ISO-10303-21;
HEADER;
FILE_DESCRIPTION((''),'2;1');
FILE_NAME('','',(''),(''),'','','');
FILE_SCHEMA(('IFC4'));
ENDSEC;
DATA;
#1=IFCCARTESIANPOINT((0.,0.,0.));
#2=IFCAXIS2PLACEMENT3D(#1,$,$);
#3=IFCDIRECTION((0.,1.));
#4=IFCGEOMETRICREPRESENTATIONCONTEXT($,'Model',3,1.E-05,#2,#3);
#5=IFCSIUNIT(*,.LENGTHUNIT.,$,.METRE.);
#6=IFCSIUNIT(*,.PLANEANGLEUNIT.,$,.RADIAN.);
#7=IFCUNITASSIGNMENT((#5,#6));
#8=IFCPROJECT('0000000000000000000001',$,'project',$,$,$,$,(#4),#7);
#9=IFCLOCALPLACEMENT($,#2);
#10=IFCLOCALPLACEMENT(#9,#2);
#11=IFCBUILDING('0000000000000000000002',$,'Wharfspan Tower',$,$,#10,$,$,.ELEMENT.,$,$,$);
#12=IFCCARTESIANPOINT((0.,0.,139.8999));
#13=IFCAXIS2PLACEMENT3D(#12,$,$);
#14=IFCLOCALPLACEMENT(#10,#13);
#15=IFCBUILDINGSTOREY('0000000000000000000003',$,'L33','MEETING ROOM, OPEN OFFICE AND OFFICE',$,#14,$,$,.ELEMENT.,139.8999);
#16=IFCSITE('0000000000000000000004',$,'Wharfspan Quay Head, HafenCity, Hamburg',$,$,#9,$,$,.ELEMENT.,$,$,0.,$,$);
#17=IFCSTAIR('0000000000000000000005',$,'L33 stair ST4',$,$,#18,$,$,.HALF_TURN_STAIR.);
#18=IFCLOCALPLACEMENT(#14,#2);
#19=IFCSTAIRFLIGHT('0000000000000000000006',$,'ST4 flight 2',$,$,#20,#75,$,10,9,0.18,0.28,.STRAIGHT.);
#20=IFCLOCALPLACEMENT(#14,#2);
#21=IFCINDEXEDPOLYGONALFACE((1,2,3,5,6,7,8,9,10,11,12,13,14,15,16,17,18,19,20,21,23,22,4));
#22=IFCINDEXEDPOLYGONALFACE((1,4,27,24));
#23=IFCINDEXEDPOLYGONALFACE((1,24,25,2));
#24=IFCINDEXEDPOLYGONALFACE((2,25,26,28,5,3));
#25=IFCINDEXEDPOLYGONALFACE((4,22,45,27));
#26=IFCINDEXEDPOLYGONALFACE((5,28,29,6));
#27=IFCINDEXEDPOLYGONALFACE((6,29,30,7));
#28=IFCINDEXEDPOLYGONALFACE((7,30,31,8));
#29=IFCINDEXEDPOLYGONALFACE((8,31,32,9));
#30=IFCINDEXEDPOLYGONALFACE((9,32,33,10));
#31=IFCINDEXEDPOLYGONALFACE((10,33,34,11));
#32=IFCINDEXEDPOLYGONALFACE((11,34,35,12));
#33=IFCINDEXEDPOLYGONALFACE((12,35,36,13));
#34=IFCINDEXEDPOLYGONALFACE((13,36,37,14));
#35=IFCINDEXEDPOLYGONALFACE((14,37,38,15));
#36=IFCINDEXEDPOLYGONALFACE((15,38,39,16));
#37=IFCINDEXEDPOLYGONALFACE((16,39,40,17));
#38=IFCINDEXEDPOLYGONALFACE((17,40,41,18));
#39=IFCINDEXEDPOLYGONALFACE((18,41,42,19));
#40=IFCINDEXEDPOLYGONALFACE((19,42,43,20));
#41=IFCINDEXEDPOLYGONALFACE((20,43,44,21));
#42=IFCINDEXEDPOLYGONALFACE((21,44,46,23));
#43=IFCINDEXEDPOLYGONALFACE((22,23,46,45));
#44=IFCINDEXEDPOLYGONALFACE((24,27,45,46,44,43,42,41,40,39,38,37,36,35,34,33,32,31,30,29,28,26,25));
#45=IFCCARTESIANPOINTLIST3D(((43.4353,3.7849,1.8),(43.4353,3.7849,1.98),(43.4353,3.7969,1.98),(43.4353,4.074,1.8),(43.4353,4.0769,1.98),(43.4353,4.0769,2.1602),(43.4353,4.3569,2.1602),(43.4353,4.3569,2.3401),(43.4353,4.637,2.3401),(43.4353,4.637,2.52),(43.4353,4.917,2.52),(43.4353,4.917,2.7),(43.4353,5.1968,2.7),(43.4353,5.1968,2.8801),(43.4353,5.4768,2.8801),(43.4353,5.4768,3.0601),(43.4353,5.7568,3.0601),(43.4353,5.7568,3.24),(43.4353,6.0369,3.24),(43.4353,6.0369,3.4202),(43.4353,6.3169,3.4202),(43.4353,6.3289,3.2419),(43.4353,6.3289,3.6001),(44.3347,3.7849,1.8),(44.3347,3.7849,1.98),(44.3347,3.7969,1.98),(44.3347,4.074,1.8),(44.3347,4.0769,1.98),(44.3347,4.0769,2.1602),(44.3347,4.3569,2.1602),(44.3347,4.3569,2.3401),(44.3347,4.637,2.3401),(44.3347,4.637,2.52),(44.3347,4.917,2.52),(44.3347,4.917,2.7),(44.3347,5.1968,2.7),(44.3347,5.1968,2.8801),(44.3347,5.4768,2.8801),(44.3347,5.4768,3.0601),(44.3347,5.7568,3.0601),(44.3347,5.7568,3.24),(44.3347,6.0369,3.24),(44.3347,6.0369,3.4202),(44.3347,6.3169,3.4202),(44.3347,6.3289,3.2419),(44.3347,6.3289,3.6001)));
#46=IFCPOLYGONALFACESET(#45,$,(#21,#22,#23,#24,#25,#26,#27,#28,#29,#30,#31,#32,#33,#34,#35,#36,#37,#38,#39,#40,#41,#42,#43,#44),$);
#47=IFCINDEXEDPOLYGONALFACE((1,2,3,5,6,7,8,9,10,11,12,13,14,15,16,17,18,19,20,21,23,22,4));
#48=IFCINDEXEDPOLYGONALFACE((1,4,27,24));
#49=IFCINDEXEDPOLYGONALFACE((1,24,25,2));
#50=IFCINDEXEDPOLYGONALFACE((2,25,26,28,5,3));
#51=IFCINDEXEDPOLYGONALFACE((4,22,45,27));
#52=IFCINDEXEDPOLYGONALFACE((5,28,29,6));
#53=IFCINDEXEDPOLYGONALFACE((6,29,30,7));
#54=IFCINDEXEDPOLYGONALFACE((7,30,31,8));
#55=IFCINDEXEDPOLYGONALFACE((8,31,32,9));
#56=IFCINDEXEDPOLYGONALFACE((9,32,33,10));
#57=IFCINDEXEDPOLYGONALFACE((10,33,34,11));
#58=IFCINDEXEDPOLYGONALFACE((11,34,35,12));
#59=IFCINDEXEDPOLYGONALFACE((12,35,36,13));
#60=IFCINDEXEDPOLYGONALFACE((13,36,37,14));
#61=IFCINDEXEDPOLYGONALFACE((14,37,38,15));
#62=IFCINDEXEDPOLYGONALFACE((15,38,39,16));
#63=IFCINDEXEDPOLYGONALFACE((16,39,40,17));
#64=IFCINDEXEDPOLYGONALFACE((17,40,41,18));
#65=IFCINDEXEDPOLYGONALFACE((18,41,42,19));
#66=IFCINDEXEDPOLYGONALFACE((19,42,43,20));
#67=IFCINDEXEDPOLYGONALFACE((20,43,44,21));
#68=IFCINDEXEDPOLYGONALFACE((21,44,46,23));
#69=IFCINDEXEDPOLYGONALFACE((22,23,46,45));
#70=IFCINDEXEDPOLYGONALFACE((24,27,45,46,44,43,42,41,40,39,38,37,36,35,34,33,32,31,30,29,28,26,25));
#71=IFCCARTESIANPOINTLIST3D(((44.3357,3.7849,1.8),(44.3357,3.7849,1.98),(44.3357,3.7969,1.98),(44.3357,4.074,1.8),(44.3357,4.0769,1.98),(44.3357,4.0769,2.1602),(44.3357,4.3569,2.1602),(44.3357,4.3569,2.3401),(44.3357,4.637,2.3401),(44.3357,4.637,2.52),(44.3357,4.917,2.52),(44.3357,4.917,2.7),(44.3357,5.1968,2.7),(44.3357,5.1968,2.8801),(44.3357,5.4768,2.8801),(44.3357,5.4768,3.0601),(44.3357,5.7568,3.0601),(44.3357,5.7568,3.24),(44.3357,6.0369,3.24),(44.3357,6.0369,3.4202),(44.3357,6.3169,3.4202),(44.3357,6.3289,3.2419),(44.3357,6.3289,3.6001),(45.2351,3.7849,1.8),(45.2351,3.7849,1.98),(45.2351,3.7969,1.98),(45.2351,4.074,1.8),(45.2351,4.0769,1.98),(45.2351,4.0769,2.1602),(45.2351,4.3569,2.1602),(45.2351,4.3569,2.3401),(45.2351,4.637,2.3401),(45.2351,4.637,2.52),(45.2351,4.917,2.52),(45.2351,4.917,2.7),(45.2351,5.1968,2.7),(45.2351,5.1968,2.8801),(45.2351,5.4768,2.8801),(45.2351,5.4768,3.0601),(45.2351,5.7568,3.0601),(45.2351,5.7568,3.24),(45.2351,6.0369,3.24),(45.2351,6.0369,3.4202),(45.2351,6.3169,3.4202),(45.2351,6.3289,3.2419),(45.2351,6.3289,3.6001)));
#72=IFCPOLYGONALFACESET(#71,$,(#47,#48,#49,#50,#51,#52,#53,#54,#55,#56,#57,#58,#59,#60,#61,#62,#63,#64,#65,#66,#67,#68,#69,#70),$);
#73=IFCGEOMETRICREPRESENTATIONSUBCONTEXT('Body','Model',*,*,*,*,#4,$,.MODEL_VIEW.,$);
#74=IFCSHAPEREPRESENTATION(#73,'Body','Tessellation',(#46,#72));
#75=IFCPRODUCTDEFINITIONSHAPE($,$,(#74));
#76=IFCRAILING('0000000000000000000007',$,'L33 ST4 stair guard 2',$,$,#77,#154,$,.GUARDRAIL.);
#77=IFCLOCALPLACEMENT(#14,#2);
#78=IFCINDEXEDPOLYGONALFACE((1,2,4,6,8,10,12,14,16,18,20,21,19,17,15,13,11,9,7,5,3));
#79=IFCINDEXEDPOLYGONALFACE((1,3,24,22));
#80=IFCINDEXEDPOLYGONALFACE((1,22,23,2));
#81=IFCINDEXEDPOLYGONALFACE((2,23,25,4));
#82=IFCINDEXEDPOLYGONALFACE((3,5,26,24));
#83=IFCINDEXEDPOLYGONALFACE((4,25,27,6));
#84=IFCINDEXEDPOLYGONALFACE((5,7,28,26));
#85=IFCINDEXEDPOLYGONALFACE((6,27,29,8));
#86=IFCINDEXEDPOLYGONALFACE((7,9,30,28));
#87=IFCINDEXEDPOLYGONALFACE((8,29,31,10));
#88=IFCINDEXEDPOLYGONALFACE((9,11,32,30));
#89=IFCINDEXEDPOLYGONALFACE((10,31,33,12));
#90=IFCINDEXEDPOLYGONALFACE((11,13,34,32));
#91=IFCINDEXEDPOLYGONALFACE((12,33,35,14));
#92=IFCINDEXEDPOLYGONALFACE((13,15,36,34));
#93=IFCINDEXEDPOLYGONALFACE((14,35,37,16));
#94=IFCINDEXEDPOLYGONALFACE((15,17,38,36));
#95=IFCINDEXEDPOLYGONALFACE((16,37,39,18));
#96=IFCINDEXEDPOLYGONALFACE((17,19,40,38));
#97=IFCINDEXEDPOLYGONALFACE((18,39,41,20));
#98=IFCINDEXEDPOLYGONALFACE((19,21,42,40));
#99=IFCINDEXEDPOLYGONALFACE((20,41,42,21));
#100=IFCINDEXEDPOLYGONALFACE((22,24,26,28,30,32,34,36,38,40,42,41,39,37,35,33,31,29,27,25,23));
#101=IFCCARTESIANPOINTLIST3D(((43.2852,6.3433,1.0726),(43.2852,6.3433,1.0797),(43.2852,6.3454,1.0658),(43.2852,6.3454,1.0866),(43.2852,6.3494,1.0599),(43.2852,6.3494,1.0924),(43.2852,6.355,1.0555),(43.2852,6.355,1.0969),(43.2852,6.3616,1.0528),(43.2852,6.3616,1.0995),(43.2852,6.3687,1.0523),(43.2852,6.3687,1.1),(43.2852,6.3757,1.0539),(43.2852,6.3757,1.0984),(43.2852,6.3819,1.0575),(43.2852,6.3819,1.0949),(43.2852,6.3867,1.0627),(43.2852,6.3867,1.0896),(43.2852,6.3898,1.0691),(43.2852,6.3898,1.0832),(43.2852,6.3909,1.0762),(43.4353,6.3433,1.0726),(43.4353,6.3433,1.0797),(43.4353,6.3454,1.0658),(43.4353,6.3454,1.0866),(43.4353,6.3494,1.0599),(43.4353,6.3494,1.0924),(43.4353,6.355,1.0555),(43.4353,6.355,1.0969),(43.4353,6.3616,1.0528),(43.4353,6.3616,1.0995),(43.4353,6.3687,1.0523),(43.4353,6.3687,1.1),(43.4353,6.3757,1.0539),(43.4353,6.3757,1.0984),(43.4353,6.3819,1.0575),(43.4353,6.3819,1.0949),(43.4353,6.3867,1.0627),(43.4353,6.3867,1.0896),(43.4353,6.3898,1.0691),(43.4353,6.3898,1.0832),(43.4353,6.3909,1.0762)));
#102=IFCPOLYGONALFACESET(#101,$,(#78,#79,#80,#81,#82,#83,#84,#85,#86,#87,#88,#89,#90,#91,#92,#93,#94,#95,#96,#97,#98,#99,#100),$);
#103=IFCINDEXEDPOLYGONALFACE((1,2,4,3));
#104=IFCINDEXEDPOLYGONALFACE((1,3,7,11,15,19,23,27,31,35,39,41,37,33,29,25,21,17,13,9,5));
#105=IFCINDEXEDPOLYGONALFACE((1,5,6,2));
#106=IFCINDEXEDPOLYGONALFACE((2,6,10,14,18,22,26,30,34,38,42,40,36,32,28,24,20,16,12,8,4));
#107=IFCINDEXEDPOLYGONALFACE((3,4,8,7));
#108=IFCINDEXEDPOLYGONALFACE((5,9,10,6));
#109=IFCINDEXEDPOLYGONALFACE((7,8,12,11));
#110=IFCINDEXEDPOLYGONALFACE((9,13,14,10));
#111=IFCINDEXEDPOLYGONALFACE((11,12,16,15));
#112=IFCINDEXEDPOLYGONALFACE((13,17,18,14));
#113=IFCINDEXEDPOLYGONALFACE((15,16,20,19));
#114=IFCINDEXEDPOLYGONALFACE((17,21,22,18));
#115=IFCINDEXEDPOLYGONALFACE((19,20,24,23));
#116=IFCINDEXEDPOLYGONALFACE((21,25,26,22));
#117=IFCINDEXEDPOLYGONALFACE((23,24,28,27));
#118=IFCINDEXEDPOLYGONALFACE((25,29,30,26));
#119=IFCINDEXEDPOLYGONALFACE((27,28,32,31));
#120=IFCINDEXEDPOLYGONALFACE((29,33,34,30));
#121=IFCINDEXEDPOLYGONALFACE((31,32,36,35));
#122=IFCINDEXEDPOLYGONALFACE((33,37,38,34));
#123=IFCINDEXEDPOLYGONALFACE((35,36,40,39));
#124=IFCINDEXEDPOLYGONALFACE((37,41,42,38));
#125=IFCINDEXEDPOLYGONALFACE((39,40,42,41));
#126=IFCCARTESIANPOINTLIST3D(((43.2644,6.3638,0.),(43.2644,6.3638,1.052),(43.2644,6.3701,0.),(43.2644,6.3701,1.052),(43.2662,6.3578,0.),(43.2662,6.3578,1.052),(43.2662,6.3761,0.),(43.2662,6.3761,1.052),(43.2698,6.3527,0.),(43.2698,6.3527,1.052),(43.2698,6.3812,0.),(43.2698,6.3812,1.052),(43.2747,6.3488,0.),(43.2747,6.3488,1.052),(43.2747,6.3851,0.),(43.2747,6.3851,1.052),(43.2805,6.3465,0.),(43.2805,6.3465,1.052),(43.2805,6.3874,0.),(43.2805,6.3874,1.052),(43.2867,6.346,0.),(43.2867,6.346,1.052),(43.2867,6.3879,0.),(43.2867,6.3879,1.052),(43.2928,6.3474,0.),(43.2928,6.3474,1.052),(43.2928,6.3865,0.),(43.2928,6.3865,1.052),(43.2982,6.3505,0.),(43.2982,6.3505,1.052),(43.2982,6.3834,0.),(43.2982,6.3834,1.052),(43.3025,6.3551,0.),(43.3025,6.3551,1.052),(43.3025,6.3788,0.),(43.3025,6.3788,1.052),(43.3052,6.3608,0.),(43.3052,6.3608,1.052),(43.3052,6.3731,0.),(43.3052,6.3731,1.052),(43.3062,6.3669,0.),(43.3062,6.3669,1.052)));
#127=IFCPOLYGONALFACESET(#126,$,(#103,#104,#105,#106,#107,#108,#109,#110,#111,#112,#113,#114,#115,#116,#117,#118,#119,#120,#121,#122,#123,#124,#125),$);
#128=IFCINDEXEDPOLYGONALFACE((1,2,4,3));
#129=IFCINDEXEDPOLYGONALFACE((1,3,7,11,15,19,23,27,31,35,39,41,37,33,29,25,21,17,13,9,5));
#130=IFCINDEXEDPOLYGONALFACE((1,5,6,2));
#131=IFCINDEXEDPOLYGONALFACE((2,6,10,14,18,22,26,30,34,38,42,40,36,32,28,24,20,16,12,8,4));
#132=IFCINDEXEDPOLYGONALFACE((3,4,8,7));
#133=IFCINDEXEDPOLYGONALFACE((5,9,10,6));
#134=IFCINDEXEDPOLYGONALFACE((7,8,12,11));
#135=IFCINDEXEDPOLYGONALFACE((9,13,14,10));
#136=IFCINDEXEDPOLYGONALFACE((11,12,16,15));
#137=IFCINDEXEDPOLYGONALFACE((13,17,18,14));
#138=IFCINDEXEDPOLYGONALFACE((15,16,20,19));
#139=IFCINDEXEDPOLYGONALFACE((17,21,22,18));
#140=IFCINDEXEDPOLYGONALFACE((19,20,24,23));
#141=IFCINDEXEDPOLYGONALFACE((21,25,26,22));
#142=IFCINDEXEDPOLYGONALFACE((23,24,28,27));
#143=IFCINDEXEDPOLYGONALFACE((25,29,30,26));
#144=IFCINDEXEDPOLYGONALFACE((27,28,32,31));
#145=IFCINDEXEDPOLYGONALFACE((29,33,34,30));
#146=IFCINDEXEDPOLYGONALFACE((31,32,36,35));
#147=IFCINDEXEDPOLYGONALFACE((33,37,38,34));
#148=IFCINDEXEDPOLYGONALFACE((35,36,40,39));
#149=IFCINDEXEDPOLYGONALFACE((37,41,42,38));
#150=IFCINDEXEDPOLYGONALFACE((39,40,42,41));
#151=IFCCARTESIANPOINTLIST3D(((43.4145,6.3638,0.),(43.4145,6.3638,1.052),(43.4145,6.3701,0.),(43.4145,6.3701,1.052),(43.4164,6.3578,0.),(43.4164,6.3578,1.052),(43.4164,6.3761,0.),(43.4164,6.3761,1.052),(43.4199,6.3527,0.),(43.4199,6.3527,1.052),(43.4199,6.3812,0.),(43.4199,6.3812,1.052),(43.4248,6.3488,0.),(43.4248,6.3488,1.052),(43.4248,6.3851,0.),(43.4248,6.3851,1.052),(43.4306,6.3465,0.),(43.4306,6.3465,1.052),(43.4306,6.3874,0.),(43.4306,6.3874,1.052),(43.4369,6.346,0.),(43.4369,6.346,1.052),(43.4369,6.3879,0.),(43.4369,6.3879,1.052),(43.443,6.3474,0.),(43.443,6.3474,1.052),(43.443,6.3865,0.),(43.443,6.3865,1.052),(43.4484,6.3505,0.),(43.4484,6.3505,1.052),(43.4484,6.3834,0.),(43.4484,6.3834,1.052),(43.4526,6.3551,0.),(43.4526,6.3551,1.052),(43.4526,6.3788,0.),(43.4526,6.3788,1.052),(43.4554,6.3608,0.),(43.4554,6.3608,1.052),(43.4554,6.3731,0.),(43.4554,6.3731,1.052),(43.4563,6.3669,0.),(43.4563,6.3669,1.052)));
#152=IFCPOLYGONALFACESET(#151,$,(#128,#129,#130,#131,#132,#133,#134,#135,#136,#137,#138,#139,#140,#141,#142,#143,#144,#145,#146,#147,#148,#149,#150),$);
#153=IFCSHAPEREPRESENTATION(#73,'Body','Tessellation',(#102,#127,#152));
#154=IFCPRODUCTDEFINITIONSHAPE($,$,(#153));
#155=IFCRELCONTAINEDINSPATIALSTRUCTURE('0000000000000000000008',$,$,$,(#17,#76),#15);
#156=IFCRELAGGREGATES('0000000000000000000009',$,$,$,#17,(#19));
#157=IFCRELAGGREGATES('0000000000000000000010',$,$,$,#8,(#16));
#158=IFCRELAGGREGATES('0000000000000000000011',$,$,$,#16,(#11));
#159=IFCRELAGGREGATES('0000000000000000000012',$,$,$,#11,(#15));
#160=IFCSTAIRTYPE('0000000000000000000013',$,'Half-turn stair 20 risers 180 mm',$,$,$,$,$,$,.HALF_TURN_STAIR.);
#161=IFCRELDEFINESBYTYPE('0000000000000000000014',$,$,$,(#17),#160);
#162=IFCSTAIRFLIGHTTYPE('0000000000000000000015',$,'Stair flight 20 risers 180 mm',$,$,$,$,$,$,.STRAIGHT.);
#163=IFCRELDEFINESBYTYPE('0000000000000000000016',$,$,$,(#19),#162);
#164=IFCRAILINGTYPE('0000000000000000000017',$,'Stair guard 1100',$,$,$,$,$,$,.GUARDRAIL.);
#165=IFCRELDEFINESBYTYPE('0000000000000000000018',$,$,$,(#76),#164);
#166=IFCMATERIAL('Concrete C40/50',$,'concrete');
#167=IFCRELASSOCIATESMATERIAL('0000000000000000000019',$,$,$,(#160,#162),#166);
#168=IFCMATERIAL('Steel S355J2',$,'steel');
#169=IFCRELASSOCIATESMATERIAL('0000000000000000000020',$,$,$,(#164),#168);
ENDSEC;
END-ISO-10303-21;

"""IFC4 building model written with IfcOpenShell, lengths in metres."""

from ifc_helpers import new_model, si_unit, direction, frame, origin, origin_2d, place, context, subcontext, project, spatial, polyline, circle, outline, extrude, material, type_object, element, aggregate, save


model = new_model("IFC4")

# Units and contexts
model_context = context("Model", 3, precision=1e-05, world=origin(), true_north=direction((0.0, 1.0)))
body_context = subcontext(model_context, "Body", "Model", "MODEL_VIEW")
ifc_project = project(units=[si_unit("LENGTHUNIT", "METRE"), si_unit("PLANEANGLEUNIT", "RADIAN")], contexts=[model_context])

# Site, building, storey
site_placement = place(None, origin())
site = spatial("IfcSite", under=ifc_project, at=site_placement, Name="Wharfspan Quay Head, HafenCity, Hamburg", CompositionType="ELEMENT", RefElevation=0.0)
building_placement = place(site_placement, origin())
building = spatial("IfcBuilding", under=site, at=building_placement, Name="Wharfspan Tower", CompositionType="ELEMENT")
storey_placement = place(building_placement, frame((0.0, 0.0, 139.8999)))
storey = spatial("IfcBuildingStorey", under=building, at=storey_placement, Name="L33", Description="MEETING ROOM, OPEN OFFICE AND OFFICE", CompositionType="ELEMENT", Elevation=139.8999)

# Shared definitions
ifc_material_1 = material(Name="Steel S355J2", Category="steel")

# Shared definitions
ifc_material_2 = material(Name="Concrete C40/50", Category="concrete")

# Stair, stair flight
stair_type = type_object("IfcStairType", Name="Half-turn stair 20 risers 180 mm", PredefinedType="HALF_TURN_STAIR", material=ifc_material_2)
stair_placement = place(storey_placement, origin())
stair = element("IfcStair", 1, at=stair_placement, inside=storey, type_object=stair_type, Name="L33 stair ST4", PredefinedType="HALF_TURN_STAIR")
stair_flight_type = type_object("IfcStairFlightType", Name="Stair flight 20 risers 180 mm", PredefinedType="STRAIGHT", material=ifc_material_2)
stair_flight_1_placement = place(storey_placement, frame((44.3352, 3.7969, 1.8), z_axis=(0.0, 0.0, 1.0), x_axis=(0.0, 1.0, 0.0)))
stair_flight_1 = element("IfcStairFlight", 2, at=stair_flight_1_placement, type_object=stair_flight_type, Name="ST4 flight 2", NumberOfRisers=10, NumberOfTreads=9, PredefinedType="STRAIGHT", RiserHeight=0.18, TreadLength=0.28, context=body_context, shape_type="SweptSolid", body=[
    extrude(outline(polyline([(-0.012, 0.0), (-0.012, 0.1799), (0.0, 0.1799), (0.28, 0.1799), (0.28, 0.3601), (0.5601, 0.3601), (0.5601, 0.54), (0.8401, 0.54), (0.8401, 0.72), (1.1201, 0.72), (1.1201, 0.8999), (1.3999, 0.8999), (1.3999, 1.0801), (1.6799, 1.0801), (1.6799, 1.26), (1.96, 1.26), (1.96, 1.4399), (2.24, 1.4399), (2.24, 1.6201), (2.52, 1.6201), (2.532, 1.8), (2.532, 1.4419), (0.2771, 0.0), (-0.012, 0.0)])), frame((0.0, 0.8999, 0.0), z_axis=(0.0, -1.0, 0.0), x_axis=(1.0, 0.0, 0.0)), (0.0, 0.0, 1.0), 0.8994),
    extrude(outline(polyline([(-0.012, 0.0), (-0.012, 0.1799), (0.0, 0.1799), (0.28, 0.1799), (0.28, 0.3601), (0.5601, 0.3601), (0.5601, 0.54), (0.8401, 0.54), (0.8401, 0.72), (1.1201, 0.72), (1.1201, 0.8999), (1.3999, 0.8999), (1.3999, 1.0801), (1.6799, 1.0801), (1.6799, 1.26), (1.96, 1.26), (1.96, 1.4399), (2.24, 1.4399), (2.24, 1.6201), (2.52, 1.6201), (2.532, 1.8), (2.532, 1.4419), (0.2771, 0.0), (-0.012, 0.0)])), frame((0.0, -0.0005, 0.0), z_axis=(0.0, -1.0, 0.0), x_axis=(1.0, 0.0, 0.0)), (0.0, 0.0, 1.0), 0.8994),
])
aggregate(stair, [stair_flight_1])

# Railing
railing_type_1 = type_object("IfcRailingType", Name="Stair guard 1100", PredefinedType="GUARDRAIL", material=ifc_material_1)
railing_1_placement = place(storey_placement, frame((43.2852, 6.3669, 0.0)))
element("IfcRailing", 3, at=railing_1_placement, inside=storey, type_object=railing_type_1, Name="L33 ST4 stair guard 2", PredefinedType="GUARDRAIL", context=body_context, shape_type="SweptSolid", body=[
    extrude(circle(Radius=0.0239, at=origin_2d()), frame((0.0, 0.0, 1.0762), z_axis=(1.0, 0.0, 0.0), x_axis=(0.0, 1.0, 0.0)), (0.0, 0.0, 1.0), 0.1501),
    extrude(circle(Radius=0.021, at=origin_2d()), origin(), (0.0, 0.0, 1.0), 1.052),
    extrude(circle(Radius=0.021, at=origin_2d()), frame((0.1501, 0.0, 0.0)), (0.0, 0.0, 1.0), 1.052),
])

save(model, "model.ifc")
